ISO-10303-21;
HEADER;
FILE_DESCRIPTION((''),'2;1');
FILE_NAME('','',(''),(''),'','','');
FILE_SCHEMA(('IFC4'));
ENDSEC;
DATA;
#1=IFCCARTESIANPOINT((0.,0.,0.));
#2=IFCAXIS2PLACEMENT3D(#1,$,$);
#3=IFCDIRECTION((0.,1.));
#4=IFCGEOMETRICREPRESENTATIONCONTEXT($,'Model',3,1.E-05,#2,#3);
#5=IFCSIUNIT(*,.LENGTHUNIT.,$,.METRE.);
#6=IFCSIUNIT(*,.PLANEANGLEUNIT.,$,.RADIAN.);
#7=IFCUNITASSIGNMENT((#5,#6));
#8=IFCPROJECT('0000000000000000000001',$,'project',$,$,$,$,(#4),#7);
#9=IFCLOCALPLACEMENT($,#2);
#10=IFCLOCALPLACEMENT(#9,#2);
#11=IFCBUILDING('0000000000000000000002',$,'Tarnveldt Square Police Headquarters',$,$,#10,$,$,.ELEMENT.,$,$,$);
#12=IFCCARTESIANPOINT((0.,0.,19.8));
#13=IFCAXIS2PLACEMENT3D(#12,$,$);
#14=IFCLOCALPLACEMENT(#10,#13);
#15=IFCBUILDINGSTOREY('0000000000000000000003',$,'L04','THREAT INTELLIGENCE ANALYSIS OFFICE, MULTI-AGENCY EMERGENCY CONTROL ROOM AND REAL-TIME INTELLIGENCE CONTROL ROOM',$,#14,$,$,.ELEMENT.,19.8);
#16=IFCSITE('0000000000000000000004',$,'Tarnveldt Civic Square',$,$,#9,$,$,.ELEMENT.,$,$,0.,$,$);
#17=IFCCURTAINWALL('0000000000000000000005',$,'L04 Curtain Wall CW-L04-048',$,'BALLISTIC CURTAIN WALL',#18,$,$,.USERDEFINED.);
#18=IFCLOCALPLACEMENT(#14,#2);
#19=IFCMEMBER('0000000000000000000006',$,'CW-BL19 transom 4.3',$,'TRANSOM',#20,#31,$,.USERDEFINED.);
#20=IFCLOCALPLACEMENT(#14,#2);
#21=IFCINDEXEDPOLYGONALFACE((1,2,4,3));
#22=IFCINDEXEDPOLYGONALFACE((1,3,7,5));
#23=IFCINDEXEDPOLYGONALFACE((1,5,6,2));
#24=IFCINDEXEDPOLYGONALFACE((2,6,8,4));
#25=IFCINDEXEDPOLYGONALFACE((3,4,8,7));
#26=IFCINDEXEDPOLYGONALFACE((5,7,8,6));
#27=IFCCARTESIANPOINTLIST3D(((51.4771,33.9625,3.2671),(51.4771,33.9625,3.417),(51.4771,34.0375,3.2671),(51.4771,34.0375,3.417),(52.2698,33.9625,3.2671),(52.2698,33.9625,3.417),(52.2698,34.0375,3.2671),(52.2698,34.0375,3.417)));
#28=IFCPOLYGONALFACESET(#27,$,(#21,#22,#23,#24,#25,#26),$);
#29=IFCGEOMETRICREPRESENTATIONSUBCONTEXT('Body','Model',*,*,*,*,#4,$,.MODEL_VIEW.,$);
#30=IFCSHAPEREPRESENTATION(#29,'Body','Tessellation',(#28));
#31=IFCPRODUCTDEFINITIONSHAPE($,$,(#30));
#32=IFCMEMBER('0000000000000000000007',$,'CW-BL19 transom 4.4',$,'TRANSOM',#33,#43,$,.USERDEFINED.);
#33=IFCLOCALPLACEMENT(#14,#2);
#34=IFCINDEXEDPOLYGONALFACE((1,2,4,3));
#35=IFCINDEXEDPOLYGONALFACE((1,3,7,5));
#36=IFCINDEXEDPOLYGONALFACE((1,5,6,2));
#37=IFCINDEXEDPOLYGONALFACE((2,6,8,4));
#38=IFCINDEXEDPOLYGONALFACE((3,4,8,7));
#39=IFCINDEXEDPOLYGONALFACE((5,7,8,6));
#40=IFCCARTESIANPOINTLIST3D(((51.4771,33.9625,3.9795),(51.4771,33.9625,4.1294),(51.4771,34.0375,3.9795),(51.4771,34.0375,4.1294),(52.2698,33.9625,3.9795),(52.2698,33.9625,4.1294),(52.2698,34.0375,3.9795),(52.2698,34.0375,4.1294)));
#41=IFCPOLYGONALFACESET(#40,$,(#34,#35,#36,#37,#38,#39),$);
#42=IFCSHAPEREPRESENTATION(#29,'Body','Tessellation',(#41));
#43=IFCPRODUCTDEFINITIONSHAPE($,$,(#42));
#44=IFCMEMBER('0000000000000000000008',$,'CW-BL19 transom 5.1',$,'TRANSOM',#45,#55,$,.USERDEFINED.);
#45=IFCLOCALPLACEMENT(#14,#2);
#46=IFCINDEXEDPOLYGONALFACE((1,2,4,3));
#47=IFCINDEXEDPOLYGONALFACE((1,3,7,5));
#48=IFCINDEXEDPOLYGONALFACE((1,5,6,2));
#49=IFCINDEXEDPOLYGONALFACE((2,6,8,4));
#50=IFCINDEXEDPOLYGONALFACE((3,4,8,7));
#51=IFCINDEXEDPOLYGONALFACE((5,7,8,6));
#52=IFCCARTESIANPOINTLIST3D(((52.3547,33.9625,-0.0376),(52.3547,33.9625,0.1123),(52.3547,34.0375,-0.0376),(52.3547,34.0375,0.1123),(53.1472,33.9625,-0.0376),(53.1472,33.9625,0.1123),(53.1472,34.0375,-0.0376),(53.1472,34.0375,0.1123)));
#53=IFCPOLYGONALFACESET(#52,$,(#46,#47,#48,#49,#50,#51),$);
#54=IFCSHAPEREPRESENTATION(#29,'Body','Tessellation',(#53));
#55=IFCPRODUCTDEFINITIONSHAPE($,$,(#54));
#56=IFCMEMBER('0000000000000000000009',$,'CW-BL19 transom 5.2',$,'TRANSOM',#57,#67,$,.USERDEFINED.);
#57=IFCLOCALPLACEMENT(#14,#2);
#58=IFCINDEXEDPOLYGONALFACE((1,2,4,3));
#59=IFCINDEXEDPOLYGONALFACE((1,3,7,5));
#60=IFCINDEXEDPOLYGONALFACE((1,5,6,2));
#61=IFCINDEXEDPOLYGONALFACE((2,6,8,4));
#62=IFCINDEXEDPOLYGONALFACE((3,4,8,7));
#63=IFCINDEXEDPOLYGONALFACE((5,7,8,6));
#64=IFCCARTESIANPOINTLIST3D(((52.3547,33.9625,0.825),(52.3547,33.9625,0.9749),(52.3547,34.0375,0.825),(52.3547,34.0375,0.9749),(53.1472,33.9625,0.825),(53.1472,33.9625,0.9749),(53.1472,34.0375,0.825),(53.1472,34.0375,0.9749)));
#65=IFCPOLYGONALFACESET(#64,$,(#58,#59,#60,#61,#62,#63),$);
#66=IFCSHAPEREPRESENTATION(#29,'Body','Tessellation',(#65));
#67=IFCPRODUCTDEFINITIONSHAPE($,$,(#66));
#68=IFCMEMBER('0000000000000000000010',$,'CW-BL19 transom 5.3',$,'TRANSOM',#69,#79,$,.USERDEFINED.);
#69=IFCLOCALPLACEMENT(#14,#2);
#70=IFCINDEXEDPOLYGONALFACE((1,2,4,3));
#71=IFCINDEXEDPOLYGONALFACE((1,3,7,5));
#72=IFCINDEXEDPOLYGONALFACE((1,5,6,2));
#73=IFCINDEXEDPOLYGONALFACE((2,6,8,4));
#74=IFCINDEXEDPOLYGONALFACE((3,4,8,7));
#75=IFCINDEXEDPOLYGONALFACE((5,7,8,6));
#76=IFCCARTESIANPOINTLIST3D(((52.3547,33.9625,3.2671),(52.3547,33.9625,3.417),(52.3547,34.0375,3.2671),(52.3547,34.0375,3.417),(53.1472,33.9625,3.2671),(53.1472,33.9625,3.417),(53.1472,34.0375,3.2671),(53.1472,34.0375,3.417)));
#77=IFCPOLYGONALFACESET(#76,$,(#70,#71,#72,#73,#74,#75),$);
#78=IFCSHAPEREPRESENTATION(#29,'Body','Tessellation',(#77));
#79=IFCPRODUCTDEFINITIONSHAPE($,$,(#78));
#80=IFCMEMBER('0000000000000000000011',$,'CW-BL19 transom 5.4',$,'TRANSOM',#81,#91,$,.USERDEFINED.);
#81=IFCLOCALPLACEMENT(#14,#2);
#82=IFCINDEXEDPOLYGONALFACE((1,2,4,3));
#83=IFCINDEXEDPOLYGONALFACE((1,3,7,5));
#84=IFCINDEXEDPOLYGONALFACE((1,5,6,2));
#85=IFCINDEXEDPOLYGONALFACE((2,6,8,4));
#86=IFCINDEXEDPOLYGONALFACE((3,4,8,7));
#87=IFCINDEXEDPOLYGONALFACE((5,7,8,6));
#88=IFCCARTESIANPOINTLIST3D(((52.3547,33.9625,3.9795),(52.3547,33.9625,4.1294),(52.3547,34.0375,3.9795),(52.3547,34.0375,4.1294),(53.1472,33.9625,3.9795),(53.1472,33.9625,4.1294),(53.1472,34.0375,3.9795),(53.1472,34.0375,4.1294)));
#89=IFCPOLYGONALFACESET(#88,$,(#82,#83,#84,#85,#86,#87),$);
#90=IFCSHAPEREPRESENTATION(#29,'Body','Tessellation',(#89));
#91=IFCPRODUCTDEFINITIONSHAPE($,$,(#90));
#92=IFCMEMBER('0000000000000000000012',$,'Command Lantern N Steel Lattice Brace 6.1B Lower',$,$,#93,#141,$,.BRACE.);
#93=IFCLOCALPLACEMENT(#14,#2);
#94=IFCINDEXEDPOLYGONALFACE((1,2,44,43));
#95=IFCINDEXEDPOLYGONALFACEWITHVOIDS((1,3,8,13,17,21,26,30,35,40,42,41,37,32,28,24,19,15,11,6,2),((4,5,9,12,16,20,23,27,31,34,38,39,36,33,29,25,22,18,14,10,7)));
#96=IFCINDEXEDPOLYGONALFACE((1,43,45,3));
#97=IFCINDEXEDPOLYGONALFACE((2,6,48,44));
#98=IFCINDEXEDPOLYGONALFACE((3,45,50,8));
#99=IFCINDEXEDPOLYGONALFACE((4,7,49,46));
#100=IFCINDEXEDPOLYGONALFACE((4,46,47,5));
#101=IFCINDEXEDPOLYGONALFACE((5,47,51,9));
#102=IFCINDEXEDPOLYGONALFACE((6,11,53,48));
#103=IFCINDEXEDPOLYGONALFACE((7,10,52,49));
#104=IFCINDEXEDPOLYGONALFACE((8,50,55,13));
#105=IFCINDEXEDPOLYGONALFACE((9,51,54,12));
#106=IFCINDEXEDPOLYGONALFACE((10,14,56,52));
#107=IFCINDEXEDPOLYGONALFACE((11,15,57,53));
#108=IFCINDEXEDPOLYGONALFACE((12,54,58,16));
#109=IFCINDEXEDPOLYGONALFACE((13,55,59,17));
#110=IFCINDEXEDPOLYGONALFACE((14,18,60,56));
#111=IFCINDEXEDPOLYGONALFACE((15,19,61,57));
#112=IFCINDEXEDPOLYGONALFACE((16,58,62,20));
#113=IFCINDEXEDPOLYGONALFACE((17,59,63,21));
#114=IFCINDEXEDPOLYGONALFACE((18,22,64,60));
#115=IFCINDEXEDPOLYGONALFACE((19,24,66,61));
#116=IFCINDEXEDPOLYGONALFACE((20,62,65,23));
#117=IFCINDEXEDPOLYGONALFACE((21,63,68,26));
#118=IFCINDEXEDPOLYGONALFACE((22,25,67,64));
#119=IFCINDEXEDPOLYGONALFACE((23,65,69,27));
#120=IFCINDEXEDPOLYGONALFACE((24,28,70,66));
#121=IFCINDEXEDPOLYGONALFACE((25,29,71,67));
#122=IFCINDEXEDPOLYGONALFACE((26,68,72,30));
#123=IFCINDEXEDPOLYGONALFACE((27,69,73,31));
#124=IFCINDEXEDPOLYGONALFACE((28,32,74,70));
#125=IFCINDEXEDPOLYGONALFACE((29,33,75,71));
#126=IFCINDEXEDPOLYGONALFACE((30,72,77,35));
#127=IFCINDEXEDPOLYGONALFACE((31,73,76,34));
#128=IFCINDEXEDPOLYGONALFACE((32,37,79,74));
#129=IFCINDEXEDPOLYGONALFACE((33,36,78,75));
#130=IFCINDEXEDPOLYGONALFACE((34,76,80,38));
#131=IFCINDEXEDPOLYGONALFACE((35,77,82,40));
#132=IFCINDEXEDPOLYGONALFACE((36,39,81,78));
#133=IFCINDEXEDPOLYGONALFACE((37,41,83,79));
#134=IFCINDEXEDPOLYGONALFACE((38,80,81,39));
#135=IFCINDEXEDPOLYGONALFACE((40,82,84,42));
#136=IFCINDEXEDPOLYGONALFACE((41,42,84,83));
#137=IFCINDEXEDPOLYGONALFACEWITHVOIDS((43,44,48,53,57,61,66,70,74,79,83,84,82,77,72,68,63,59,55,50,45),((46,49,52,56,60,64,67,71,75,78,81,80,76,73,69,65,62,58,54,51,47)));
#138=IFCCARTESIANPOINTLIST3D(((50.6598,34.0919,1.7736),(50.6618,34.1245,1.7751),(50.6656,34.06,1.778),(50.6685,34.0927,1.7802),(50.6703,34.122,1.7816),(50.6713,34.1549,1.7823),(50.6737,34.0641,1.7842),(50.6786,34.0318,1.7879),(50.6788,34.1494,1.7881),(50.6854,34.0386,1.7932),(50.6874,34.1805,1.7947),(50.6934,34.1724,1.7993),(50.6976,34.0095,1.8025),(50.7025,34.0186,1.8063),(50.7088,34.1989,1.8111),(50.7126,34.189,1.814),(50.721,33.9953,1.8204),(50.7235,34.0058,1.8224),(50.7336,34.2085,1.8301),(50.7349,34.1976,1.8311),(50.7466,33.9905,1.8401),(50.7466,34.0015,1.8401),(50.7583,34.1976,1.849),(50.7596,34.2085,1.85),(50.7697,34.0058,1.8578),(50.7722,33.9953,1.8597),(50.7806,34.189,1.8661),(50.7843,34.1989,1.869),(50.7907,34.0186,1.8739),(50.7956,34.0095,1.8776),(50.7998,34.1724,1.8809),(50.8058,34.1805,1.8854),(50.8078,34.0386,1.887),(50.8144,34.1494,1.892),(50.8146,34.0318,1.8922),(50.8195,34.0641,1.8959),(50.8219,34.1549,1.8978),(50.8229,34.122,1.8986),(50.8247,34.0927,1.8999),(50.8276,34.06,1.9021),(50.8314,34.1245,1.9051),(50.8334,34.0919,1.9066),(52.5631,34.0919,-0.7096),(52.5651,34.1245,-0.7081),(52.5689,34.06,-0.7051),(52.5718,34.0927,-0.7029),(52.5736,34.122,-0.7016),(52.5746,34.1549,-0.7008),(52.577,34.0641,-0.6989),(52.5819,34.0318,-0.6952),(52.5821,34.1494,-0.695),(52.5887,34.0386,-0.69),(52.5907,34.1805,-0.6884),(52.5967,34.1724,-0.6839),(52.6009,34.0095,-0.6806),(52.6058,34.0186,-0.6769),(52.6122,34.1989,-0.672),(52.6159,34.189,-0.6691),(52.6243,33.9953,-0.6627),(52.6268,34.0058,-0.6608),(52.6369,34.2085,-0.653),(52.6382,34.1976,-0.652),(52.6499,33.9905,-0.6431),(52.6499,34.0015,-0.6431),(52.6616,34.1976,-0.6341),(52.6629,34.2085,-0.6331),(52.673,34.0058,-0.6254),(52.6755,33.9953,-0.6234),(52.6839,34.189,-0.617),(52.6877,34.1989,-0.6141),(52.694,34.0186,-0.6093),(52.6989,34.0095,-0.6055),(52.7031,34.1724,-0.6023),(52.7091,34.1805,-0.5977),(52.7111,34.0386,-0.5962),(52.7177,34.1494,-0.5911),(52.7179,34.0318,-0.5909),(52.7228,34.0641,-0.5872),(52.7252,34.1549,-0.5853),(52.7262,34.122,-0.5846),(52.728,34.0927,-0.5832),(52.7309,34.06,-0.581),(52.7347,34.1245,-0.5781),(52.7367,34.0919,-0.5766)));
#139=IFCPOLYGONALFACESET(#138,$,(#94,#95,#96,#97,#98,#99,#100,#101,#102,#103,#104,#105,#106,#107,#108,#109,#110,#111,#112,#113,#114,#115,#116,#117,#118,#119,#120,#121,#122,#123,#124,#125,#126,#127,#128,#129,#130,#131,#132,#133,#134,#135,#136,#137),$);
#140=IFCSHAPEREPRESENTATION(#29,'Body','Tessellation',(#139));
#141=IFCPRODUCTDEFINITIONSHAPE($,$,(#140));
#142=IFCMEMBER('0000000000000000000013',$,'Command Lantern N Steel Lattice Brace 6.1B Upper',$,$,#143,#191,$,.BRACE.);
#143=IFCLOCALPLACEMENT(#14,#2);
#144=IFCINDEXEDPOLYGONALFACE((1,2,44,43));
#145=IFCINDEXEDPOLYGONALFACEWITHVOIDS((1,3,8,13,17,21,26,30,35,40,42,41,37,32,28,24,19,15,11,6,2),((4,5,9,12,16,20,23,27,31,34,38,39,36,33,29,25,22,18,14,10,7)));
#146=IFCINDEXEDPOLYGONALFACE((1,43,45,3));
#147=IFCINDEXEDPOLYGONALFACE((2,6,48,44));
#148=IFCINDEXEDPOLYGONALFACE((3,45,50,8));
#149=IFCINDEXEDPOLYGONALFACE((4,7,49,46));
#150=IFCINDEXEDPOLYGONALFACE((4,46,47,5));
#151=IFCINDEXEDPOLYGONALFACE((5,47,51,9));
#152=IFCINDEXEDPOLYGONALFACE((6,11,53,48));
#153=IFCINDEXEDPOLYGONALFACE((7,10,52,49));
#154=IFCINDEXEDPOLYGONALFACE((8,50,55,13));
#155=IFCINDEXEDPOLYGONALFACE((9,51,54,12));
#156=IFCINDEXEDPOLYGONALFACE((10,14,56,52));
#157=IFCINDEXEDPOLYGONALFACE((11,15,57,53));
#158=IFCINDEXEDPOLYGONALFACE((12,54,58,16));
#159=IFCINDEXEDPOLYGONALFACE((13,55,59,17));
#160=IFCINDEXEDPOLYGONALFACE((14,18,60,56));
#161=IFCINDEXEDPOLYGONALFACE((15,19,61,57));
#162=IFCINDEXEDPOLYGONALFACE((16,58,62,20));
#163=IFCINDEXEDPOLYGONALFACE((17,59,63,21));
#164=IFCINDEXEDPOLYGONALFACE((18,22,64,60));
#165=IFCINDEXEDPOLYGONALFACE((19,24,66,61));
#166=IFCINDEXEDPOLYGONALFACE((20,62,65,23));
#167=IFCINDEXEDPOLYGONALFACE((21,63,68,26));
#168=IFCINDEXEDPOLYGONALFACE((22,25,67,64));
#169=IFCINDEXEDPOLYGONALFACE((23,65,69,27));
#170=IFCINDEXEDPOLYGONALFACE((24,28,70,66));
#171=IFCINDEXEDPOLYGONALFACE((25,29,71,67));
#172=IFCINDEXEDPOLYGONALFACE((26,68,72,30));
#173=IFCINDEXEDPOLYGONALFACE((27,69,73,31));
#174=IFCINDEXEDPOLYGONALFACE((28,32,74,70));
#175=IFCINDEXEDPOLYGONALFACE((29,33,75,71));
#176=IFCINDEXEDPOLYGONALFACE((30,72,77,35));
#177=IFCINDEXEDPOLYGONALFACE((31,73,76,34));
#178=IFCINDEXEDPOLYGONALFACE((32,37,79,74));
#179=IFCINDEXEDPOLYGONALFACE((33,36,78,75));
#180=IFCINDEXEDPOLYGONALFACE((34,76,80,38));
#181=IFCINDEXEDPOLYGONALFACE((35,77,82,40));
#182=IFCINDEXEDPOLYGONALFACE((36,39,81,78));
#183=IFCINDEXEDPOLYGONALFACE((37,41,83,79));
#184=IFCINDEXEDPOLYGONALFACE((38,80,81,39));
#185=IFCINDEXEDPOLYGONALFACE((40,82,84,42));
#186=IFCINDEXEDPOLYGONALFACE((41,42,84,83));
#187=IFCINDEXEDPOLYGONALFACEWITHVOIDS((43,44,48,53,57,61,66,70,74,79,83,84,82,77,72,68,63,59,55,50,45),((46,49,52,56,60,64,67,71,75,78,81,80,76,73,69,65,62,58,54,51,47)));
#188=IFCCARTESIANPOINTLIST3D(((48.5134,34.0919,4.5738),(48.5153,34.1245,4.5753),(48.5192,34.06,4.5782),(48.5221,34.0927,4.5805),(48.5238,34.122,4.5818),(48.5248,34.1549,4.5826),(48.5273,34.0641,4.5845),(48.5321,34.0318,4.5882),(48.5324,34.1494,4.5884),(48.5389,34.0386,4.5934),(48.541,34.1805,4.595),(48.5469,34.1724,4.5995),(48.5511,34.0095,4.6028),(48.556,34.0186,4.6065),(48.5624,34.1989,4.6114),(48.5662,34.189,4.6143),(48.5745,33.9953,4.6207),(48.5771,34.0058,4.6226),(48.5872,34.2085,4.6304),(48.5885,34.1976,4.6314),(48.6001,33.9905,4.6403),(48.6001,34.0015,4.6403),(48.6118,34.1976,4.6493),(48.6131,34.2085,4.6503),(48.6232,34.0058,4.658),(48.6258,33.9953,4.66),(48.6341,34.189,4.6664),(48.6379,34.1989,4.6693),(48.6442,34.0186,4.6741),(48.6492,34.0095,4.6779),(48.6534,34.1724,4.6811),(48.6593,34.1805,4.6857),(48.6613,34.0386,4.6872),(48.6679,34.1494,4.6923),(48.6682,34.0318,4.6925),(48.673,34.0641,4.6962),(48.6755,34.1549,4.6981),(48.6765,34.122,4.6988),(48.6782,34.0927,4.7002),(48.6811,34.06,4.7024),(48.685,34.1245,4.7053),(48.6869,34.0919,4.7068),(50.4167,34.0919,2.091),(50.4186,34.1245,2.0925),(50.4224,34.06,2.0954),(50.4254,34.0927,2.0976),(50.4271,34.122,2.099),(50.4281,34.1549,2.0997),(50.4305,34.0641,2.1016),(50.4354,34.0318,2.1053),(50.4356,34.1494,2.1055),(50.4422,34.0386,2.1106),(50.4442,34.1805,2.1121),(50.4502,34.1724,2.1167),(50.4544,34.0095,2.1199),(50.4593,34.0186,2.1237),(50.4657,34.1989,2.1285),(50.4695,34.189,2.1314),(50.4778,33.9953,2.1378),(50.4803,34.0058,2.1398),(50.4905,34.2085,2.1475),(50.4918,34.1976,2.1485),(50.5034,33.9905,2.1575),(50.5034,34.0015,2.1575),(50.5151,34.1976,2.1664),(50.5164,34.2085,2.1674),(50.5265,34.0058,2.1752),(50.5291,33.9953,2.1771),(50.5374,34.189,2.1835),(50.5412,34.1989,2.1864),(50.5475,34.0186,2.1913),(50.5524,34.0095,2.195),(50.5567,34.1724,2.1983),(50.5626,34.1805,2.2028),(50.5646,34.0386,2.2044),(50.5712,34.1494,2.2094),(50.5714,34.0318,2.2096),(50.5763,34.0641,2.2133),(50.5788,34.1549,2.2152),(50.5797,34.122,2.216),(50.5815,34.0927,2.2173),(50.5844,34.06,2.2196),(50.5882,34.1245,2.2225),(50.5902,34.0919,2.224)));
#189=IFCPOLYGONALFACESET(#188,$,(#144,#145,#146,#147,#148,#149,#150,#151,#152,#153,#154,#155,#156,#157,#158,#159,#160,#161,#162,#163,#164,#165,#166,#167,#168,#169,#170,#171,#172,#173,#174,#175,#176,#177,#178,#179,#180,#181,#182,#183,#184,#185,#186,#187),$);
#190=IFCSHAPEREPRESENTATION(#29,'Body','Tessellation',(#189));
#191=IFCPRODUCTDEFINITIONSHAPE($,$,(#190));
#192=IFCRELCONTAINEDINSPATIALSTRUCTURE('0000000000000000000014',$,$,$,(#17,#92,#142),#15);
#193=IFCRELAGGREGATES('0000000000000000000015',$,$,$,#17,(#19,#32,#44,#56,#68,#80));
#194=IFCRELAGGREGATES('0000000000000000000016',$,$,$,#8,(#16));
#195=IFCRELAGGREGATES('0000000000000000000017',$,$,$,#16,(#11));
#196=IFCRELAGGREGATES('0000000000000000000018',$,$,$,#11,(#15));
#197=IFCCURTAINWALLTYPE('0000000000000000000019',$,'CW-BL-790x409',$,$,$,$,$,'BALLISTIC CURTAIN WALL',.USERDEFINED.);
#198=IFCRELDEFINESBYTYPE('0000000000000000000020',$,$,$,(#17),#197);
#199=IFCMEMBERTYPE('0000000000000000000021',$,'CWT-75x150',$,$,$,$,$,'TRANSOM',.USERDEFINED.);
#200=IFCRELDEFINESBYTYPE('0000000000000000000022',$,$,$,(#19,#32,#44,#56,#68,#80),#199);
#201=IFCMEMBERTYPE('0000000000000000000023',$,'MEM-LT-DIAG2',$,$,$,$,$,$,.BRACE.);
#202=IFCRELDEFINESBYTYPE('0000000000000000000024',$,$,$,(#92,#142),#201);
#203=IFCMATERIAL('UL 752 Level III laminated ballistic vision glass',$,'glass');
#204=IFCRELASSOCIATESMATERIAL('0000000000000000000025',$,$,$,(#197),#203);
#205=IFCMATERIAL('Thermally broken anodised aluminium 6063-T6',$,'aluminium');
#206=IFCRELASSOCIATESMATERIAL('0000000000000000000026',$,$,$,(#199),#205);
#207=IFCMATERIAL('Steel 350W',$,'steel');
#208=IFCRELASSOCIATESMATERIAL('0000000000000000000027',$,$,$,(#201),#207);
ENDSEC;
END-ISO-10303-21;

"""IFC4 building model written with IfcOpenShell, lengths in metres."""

from ifc_helpers import new_model, si_unit, direction, frame, origin, origin_2d, place, context, subcontext, project, spatial, rectangle, hollow_circle, extrude, material, material_profile, profile_set, type_object, element, aggregate, save


model = new_model("IFC4")

# Units and contexts
model_context = context("Model", 3, precision=1e-05, world=origin(), true_north=direction((0.0, 1.0)))
body_context = subcontext(model_context, "Body", "Model", "MODEL_VIEW")
ifc_project = project(units=[si_unit("LENGTHUNIT", "METRE"), si_unit("PLANEANGLEUNIT", "RADIAN")], contexts=[model_context])

# Site, building, storey
site_placement = place(None, origin())
site = spatial("IfcSite", under=ifc_project, at=site_placement, Name="Tarnveldt Civic Square", CompositionType="ELEMENT", RefElevation=0.0)
building_placement = place(site_placement, origin())
building = spatial("IfcBuilding", under=site, at=building_placement, Name="Tarnveldt Square Police Headquarters", CompositionType="ELEMENT")
storey_placement = place(building_placement, frame((0.0, 0.0, 19.8)))
storey = spatial("IfcBuildingStorey", under=building, at=storey_placement, Name="L04", Description="THREAT INTELLIGENCE ANALYSIS OFFICE, MULTI-AGENCY EMERGENCY CONTROL ROOM AND REAL-TIME INTELLIGENCE CONTROL ROOM", CompositionType="ELEMENT", Elevation=19.8)

# Curtain wall, members
ifc_material_1 = material(Name="UL 752 Level III laminated ballistic vision glass", Category="glass")
curtain_wall_type = type_object("IfcCurtainWallType", Name="CW-BL-790x409", ElementType="BALLISTIC CURTAIN WALL", PredefinedType="USERDEFINED", material=ifc_material_1)
curtain_wall_placement = place(storey_placement, origin())
curtain_wall = element("IfcCurtainWall", 1, at=curtain_wall_placement, inside=storey, type_object=curtain_wall_type, Name="L04 Curtain Wall CW-L04-048", ObjectType="BALLISTIC CURTAIN WALL", PredefinedType="USERDEFINED")
ifc_material_2 = material(Name="Thermally broken anodised aluminium 6063-T6", Category="aluminium")
ifc_material_profile_1 = material_profile(ifc_material_2, rectangle(XDim=0.075, YDim=0.1499, at=origin_2d()), Name="CW-T75x150")
ifc_profile_set_1 = profile_set([ifc_material_profile_1], Name="Thermally broken anodised aluminium 6063-T6")
member_type_1 = type_object("IfcMemberType", Name="CWT-75x150", ElementType="TRANSOM", PredefinedType="USERDEFINED", material=ifc_profile_set_1)
member_1_placement = place(storey_placement, frame((51.4771, 34.0, 3.342), z_axis=(1.0, 0.0, 0.0), x_axis=(0.0, 1.0, 0.0)))
member_1 = element("IfcMember", 2, at=member_1_placement, type_object=member_type_1, Name="CW-BL19 transom 4.3", ObjectType="TRANSOM", PredefinedType="USERDEFINED", context=body_context, shape_type="SweptSolid", body=[
    extrude(rectangle(XDim=0.075, YDim=0.1499, at=origin_2d()), origin(), (0.0, 0.0, 1.0), 0.7927),
])
member_2_placement = place(storey_placement, frame((51.4771, 34.0, 4.0544), z_axis=(1.0, 0.0, 0.0), x_axis=(0.0, 1.0, 0.0)))
member_2 = element("IfcMember", 3, at=member_2_placement, type_object=member_type_1, Name="CW-BL19 transom 4.4", ObjectType="TRANSOM", PredefinedType="USERDEFINED", context=body_context, shape_type="SweptSolid", body=[
    extrude(rectangle(XDim=0.075, YDim=0.1499, at=origin_2d()), origin(), (0.0, 0.0, 1.0), 0.7927),
])
member_3_placement = place(storey_placement, frame((52.3547, 34.0, 0.0374), z_axis=(1.0, 0.0, 0.0), x_axis=(0.0, 1.0, 0.0)))
member_3 = element("IfcMember", 4, at=member_3_placement, type_object=member_type_1, Name="CW-BL19 transom 5.1", ObjectType="TRANSOM", PredefinedType="USERDEFINED", context=body_context, shape_type="SweptSolid", body=[
    extrude(rectangle(XDim=0.075, YDim=0.1499, at=origin_2d()), origin(), (0.0, 0.0, 1.0), 0.7925),
])
member_4_placement = place(storey_placement, frame((52.3547, 34.0, 0.8999), z_axis=(1.0, 0.0, 0.0), x_axis=(0.0, 1.0, 0.0)))
member_4 = element("IfcMember", 5, at=member_4_placement, type_object=member_type_1, Name="CW-BL19 transom 5.2", ObjectType="TRANSOM", PredefinedType="USERDEFINED", context=body_context, shape_type="SweptSolid", body=[
    extrude(rectangle(XDim=0.075, YDim=0.1499, at=origin_2d()), origin(), (0.0, 0.0, 1.0), 0.7925),
])
member_5_placement = place(storey_placement, frame((52.3547, 34.0, 3.342), z_axis=(1.0, 0.0, 0.0), x_axis=(0.0, 1.0, 0.0)))
member_5 = element("IfcMember", 6, at=member_5_placement, type_object=member_type_1, Name="CW-BL19 transom 5.3", ObjectType="TRANSOM", PredefinedType="USERDEFINED", context=body_context, shape_type="SweptSolid", body=[
    extrude(rectangle(XDim=0.075, YDim=0.1499, at=origin_2d()), origin(), (0.0, 0.0, 1.0), 0.7925),
])
member_6_placement = place(storey_placement, frame((52.3547, 34.0, 4.0544), z_axis=(1.0, 0.0, 0.0), x_axis=(0.0, 1.0, 0.0)))
member_6 = element("IfcMember", 7, at=member_6_placement, type_object=member_type_1, Name="CW-BL19 transom 5.4", ObjectType="TRANSOM", PredefinedType="USERDEFINED", context=body_context, shape_type="SweptSolid", body=[
    extrude(rectangle(XDim=0.075, YDim=0.1499, at=origin_2d()), origin(), (0.0, 0.0, 1.0), 0.7925),
])

# Members
ifc_material_3 = material(Name="Steel 350W", Category="steel")
ifc_material_profile_2 = material_profile(ifc_material_3, hollow_circle(Radius=0.1096, WallThickness=0.011, at=origin_2d()), Name="HSS219x11")
ifc_profile_set_2 = profile_set([ifc_material_profile_2], Name="Steel 350W")
member_type_2 = type_object("IfcMemberType", Name="MEM-LT-DIAG2", PredefinedType="BRACE", material=ifc_profile_set_2)
member_7_placement = place(storey_placement, frame((52.6499, 34.1001, -0.6431), z_axis=(-0.608345, 0.0, 0.793673), x_axis=(0.0, -1.0, 0.0)))
element("IfcMember", 8, at=member_7_placement, inside=storey, type_object=member_type_2, Name="Command Lantern N Steel Lattice Brace 6.1B Lower", PredefinedType="BRACE", context=body_context, shape_type="SweptSolid", body=[
    extrude(hollow_circle(Radius=0.1096, WallThickness=0.011, at=origin_2d()), origin(), (0.0, 0.0, 1.0), 3.1287),
])
member_8_placement = place(storey_placement, frame((50.5034, 34.1001, 2.1575), z_axis=(-0.608382, 0.0, 0.793644), x_axis=(0.0, -1.0, 0.0)))
element("IfcMember", 9, at=member_8_placement, inside=storey, type_object=member_type_2, Name="Command Lantern N Steel Lattice Brace 6.1B Upper", PredefinedType="BRACE", context=body_context, shape_type="SweptSolid", body=[
    extrude(hollow_circle(Radius=0.1096, WallThickness=0.011, at=origin_2d()), origin(), (0.0, 0.0, 1.0), 3.1284),
])

aggregate(curtain_wall, [member_1, member_2, member_3, member_4, member_5, member_6])

save(model, "model.ifc")
